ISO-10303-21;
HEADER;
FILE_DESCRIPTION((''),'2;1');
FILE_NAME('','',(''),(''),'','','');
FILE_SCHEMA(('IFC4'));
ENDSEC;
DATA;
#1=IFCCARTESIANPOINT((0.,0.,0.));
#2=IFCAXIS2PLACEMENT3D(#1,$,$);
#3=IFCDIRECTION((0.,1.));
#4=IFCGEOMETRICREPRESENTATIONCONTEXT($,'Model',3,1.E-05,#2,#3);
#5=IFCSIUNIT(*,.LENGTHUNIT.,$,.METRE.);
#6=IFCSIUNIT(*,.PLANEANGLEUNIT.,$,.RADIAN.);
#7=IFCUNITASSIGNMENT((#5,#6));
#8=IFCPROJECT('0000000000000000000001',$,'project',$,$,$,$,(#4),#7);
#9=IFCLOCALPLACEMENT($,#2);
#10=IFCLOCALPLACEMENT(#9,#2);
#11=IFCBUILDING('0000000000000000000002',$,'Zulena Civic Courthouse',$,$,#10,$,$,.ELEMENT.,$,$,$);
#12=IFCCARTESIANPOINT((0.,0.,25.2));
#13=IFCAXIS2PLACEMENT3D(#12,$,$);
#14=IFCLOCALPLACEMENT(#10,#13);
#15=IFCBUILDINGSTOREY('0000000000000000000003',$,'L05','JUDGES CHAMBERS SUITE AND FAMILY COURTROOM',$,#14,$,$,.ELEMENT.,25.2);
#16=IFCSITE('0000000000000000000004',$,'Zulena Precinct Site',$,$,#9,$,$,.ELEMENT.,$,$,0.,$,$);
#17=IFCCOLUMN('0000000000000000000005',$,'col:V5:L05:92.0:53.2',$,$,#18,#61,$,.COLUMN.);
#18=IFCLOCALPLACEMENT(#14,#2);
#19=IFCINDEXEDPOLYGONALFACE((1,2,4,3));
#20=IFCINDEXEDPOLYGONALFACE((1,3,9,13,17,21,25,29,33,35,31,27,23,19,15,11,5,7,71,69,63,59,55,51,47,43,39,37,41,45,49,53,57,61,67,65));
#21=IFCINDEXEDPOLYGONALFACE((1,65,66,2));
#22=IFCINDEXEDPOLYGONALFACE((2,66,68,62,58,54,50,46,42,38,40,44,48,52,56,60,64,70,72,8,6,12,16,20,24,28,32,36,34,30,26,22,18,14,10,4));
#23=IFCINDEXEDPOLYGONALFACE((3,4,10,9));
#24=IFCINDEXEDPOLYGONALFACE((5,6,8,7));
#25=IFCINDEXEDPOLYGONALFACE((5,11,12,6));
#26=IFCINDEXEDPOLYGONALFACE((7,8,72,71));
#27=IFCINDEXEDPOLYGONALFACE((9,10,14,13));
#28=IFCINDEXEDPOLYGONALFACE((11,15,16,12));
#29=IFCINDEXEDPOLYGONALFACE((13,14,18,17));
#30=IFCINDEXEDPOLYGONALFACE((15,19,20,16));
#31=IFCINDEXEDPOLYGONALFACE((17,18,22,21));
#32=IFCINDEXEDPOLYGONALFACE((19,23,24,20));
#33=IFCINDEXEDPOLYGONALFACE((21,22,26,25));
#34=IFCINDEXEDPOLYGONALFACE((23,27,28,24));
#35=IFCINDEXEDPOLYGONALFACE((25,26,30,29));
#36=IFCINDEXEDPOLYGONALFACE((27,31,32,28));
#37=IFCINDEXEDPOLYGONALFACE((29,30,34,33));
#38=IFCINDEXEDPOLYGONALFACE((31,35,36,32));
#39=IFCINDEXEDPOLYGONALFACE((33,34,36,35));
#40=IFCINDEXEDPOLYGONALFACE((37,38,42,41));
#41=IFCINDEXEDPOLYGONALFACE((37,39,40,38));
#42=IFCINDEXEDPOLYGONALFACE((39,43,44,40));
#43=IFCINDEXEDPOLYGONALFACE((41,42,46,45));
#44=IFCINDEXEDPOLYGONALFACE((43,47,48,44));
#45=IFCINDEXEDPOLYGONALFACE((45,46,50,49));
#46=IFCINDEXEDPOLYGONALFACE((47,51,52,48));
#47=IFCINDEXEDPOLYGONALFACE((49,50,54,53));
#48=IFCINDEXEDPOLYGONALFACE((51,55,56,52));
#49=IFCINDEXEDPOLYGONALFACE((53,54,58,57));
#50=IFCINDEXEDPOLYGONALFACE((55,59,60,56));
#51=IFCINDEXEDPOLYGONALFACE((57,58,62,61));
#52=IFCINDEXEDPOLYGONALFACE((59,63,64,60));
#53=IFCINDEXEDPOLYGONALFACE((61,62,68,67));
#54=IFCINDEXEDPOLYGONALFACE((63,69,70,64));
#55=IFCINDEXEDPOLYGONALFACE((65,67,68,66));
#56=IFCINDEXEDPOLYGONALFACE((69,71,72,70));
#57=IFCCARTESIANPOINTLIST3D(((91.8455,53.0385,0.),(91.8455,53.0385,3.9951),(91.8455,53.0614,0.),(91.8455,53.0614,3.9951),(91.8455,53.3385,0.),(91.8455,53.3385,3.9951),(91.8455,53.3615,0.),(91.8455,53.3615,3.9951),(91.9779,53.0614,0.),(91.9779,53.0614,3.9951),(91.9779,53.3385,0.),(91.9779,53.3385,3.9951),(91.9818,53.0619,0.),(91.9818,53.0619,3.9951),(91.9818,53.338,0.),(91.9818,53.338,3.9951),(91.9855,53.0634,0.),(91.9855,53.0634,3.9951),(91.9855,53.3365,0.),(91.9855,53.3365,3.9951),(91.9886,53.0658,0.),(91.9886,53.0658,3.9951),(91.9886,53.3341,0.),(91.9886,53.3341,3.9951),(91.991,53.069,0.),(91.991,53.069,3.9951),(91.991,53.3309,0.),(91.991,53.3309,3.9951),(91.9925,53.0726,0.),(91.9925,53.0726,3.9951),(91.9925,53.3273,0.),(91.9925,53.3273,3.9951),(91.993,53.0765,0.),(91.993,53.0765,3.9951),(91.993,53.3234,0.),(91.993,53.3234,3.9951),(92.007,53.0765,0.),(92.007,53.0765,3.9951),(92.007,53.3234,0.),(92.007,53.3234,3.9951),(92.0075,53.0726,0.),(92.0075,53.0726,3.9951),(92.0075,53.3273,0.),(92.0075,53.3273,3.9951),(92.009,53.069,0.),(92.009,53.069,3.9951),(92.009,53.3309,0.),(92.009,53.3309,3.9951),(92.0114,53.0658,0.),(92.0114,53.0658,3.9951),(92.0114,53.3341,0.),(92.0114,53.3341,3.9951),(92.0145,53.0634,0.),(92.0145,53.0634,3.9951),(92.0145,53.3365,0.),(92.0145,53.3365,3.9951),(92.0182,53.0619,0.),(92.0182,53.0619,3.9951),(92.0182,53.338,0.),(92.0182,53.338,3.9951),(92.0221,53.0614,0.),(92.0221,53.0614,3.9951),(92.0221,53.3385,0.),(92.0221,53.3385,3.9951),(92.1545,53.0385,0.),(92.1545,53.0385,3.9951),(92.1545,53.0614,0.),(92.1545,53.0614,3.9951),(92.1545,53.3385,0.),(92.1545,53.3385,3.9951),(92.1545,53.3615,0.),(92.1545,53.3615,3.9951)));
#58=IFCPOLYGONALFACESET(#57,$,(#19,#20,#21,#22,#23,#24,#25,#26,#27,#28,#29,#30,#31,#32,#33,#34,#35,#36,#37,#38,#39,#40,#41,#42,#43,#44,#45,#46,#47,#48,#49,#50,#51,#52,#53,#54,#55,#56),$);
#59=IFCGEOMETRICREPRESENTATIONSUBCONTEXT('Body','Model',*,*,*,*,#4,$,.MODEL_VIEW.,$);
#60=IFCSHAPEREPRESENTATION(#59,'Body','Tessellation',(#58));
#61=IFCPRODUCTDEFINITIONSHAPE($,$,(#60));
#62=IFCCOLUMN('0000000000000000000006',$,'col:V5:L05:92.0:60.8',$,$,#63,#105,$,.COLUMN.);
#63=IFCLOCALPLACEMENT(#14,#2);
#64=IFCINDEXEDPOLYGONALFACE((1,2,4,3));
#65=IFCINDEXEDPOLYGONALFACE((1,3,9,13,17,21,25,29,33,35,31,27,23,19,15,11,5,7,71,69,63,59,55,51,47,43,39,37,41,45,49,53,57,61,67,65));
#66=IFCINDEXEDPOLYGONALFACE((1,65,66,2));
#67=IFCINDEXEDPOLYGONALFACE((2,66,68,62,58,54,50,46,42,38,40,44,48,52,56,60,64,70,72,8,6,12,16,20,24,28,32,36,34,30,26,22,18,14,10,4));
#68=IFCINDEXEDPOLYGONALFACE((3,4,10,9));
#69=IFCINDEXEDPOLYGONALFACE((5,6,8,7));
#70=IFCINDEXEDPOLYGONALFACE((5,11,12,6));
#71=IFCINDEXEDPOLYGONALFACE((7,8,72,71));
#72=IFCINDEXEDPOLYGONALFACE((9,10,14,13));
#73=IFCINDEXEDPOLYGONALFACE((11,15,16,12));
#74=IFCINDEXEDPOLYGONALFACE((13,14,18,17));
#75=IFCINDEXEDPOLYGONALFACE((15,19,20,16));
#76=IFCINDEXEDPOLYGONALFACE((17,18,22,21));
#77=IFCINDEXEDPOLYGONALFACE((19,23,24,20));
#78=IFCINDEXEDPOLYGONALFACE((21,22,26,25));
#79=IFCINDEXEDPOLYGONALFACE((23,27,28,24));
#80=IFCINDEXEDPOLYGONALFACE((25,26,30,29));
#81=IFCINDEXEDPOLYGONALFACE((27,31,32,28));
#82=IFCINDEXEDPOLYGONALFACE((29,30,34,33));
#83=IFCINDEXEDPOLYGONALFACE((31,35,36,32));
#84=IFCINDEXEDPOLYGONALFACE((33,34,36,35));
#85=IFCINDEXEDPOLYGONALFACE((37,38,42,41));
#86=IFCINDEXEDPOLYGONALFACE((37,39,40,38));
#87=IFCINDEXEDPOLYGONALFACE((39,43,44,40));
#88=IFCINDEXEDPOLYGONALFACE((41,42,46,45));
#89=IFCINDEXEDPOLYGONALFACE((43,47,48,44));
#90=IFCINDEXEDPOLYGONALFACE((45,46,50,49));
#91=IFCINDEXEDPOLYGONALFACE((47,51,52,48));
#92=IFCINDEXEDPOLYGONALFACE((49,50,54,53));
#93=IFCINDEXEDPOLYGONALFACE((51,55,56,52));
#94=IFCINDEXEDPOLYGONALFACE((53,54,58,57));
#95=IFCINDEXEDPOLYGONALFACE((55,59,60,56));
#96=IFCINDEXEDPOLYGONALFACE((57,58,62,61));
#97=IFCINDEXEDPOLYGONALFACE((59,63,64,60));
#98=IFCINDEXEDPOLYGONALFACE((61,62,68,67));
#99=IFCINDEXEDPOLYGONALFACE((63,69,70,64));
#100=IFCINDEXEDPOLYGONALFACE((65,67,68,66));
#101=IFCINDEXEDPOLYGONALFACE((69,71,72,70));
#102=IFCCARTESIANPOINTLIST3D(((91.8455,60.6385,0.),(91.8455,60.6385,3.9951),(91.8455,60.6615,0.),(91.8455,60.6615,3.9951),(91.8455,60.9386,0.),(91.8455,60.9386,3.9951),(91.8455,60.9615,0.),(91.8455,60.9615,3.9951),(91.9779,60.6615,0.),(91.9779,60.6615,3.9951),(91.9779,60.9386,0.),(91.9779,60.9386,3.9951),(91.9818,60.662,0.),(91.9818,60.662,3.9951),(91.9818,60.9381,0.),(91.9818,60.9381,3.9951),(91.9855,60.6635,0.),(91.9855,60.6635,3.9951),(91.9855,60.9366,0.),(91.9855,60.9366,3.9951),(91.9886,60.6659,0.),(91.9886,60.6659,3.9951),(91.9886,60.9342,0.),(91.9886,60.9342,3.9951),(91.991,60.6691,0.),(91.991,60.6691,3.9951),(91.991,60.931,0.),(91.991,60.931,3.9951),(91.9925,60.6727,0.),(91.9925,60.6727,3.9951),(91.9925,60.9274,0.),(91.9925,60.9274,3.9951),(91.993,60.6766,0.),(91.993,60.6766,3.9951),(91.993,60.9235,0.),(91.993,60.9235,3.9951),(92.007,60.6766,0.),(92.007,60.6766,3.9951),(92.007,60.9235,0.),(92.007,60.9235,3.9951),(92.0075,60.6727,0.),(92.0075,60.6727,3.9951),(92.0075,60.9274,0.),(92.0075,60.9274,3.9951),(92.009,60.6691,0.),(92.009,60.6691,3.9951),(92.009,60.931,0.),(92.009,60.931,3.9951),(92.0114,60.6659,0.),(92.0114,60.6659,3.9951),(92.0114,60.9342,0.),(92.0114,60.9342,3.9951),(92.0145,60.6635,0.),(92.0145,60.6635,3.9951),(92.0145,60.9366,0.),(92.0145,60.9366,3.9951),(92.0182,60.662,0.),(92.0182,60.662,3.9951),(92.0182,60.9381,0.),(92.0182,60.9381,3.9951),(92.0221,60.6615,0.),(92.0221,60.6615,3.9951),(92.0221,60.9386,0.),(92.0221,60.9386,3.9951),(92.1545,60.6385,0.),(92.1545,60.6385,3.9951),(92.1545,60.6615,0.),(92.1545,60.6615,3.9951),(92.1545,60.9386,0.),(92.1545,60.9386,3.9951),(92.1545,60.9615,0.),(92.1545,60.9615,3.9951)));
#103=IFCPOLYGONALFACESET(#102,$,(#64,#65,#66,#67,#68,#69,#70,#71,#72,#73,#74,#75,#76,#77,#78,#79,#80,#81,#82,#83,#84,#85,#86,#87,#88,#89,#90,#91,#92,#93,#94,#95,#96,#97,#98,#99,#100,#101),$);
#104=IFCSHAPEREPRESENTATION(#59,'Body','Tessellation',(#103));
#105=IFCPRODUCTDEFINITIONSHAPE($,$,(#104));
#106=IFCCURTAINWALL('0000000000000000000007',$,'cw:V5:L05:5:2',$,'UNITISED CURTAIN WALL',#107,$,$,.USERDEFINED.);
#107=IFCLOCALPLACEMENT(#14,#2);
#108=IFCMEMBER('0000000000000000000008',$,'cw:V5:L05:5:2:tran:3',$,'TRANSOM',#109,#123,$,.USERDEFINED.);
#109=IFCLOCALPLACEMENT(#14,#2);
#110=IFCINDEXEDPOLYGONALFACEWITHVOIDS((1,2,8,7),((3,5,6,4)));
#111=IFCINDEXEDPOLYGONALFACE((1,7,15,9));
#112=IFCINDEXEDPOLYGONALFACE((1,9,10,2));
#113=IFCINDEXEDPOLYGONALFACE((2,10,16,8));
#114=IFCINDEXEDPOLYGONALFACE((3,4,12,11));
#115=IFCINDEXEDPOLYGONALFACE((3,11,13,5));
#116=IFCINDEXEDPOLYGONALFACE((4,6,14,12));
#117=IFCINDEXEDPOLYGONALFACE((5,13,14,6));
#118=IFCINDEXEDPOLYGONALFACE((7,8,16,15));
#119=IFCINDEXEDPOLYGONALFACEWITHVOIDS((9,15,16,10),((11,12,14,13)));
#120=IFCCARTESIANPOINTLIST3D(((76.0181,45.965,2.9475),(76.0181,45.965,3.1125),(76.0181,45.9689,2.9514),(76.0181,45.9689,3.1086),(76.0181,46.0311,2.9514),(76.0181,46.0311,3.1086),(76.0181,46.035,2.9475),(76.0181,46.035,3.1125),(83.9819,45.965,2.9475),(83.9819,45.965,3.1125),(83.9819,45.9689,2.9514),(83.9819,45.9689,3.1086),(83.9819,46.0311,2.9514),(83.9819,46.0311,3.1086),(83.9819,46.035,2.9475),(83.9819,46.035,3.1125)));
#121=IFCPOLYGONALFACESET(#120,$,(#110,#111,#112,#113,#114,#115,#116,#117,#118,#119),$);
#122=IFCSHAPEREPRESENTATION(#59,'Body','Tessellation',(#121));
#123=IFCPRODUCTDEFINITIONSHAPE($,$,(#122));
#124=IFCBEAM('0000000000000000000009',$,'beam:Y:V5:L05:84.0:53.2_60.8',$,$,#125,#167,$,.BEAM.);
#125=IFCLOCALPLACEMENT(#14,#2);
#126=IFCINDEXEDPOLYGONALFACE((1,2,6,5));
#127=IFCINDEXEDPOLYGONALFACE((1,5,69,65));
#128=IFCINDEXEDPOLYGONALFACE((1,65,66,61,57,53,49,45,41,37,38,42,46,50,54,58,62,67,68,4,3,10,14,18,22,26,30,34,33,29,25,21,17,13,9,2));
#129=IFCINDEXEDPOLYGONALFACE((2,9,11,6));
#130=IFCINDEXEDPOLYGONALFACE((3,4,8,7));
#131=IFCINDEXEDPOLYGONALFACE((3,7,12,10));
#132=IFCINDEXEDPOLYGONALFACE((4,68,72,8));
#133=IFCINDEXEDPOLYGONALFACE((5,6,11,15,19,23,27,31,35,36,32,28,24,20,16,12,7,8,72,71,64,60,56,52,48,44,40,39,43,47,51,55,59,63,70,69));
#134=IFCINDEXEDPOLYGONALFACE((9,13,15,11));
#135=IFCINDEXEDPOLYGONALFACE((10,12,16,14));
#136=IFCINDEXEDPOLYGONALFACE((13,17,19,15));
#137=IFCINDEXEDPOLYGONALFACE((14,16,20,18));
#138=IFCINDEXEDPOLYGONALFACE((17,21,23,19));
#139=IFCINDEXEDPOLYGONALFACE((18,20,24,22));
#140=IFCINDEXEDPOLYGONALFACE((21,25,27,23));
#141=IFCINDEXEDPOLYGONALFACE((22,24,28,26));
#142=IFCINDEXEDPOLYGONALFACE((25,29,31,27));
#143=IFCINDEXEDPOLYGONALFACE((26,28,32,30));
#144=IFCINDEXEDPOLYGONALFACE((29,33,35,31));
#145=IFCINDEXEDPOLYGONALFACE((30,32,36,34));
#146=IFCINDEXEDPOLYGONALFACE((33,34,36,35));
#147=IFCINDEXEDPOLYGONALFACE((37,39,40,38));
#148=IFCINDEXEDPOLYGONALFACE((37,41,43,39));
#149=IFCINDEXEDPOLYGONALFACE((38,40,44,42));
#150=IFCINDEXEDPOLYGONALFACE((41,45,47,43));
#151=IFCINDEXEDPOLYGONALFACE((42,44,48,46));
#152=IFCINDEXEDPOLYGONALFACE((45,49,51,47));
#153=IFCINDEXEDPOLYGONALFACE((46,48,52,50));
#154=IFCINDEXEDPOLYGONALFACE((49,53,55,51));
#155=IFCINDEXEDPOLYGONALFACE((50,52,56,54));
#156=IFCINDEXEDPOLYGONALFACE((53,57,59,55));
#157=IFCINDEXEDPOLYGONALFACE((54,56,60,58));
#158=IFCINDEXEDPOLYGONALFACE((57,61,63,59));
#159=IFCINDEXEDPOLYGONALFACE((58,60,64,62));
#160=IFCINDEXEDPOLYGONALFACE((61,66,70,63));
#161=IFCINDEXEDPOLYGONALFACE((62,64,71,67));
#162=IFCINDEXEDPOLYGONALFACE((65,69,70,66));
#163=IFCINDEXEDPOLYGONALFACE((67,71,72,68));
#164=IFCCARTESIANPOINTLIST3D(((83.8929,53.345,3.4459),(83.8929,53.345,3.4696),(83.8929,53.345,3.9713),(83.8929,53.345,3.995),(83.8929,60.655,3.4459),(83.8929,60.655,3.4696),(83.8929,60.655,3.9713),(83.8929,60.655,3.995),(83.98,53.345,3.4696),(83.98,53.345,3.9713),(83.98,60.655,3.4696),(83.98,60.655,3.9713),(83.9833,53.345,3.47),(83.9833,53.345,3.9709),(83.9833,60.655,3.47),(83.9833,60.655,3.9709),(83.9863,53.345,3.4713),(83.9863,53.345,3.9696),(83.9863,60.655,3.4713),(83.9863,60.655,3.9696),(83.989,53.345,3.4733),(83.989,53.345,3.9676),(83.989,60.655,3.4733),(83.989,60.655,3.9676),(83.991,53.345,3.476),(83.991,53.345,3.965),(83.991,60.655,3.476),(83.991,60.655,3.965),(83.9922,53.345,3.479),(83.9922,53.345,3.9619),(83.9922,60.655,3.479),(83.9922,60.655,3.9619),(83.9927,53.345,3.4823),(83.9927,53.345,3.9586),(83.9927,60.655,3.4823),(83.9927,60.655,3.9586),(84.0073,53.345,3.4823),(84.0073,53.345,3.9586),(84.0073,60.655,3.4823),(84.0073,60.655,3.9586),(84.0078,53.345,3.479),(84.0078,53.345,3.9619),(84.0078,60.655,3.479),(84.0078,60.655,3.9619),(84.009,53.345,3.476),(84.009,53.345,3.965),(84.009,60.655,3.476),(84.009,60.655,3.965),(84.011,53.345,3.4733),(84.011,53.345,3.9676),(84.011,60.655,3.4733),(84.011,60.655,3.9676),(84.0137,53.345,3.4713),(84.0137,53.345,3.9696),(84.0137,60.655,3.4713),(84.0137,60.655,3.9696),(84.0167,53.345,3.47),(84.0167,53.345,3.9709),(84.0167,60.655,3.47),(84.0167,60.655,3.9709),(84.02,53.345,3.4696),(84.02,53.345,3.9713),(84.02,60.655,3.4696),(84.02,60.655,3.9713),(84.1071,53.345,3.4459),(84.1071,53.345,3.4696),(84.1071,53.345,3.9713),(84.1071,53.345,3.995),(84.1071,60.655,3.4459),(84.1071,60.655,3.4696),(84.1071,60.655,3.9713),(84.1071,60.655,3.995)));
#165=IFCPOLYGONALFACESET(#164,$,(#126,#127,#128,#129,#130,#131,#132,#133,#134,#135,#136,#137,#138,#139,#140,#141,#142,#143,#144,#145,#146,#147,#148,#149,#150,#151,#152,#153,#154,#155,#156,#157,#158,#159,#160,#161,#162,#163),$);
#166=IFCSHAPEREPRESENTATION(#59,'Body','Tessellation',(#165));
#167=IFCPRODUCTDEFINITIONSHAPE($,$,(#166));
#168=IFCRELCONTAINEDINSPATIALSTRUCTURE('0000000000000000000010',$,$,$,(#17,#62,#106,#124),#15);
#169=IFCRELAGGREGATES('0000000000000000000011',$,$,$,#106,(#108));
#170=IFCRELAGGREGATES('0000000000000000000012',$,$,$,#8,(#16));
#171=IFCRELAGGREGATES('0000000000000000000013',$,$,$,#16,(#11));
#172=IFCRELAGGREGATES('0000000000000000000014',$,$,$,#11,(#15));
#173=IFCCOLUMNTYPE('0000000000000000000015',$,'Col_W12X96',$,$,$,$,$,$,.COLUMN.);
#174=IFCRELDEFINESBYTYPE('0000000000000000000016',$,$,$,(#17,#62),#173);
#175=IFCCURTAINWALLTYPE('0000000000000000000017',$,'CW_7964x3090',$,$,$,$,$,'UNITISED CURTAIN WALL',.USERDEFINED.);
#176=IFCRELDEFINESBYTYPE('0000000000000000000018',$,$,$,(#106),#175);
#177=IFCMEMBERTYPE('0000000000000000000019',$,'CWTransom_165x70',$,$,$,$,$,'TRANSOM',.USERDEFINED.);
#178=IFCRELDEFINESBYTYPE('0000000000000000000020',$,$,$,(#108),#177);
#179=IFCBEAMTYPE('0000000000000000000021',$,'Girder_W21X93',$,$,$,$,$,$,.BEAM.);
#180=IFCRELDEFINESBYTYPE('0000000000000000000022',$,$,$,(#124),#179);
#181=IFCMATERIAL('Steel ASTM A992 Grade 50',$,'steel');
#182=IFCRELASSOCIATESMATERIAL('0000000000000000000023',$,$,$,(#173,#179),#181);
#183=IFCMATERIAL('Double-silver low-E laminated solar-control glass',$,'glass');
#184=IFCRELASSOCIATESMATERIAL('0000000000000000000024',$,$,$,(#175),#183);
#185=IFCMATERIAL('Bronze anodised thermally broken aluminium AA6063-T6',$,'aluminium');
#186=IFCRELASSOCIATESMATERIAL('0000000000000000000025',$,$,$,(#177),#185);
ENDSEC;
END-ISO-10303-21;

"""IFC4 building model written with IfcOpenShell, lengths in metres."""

from ifc_helpers import new_model, si_unit, direction, frame, origin, origin_2d, place, context, subcontext, project, spatial, hollow_rectangle, i_section, extrude, material, material_profile, profile_set, type_object, element, aggregate, save


model = new_model("IFC4")

# Units and contexts
model_context = context("Model", 3, precision=1e-05, world=origin(), true_north=direction((0.0, 1.0)))
body_context = subcontext(model_context, "Body", "Model", "MODEL_VIEW")
ifc_project = project(units=[si_unit("LENGTHUNIT", "METRE"), si_unit("PLANEANGLEUNIT", "RADIAN")], contexts=[model_context])

# Site, building, storey
site_placement = place(None, origin())
site = spatial("IfcSite", under=ifc_project, at=site_placement, Name="Zulena Precinct Site", CompositionType="ELEMENT", RefElevation=0.0)
building_placement = place(site_placement, origin())
building = spatial("IfcBuilding", under=site, at=building_placement, Name="Zulena Civic Courthouse", CompositionType="ELEMENT")
storey_placement = place(building_placement, frame((0.0, 0.0, 25.2)))
storey = spatial("IfcBuildingStorey", under=building, at=storey_placement, Name="L05", Description="JUDGES CHAMBERS SUITE AND FAMILY COURTROOM", CompositionType="ELEMENT", Elevation=25.2)

# Columns
ifc_material_1 = material(Name="Steel ASTM A992 Grade 50", Category="steel")
ifc_material_profile_1 = material_profile(ifc_material_1, i_section(OverallWidth=0.3091, OverallDepth=0.323, WebThickness=0.0139, FlangeThickness=0.0229, FilletRadius=0.0151, at=origin_2d()), Name="W12X96")
ifc_profile_set_1 = profile_set([ifc_material_profile_1], Name="Steel ASTM A992 Grade 50")
column_type = type_object("IfcColumnType", Name="Col_W12X96", PredefinedType="COLUMN", material=ifc_profile_set_1)
for number, where, z_axis, x_axis, name in (
    (1, (92.0, 53.2, 0.0), (0.0, 0.0, 1.0), (1.0, 0.0, 0.0), "col:V5:L05:92.0:53.2"),
    (2, (92.0, 60.8, 0.0), (0.0, 0.0, 1.0), (1.0, 0.0, 0.0), "col:V5:L05:92.0:60.8"),
):
    element("IfcColumn", number, at=place(storey_placement, frame(where, z_axis=z_axis, x_axis=x_axis)), inside=storey, type_object=column_type, Name=name, PredefinedType="COLUMN", context=body_context, shape_type="SweptSolid", body=[
        extrude(i_section(OverallWidth=0.3091, OverallDepth=0.323, WebThickness=0.0139, FlangeThickness=0.0229, FilletRadius=0.0151, at=origin_2d()), origin(), (0.0, 0.0, 1.0), 3.9951),
    ])

# Curtain wall, member
ifc_material_2 = material(Name="Double-silver low-E laminated solar-control glass", Category="glass")
curtain_wall_type = type_object("IfcCurtainWallType", Name="CW_7964x3090", ElementType="UNITISED CURTAIN WALL", PredefinedType="USERDEFINED", material=ifc_material_2)
curtain_wall_placement = place(storey_placement, origin())
curtain_wall = element("IfcCurtainWall", 3, at=curtain_wall_placement, inside=storey, type_object=curtain_wall_type, Name="cw:V5:L05:5:2", ObjectType="UNITISED CURTAIN WALL", PredefinedType="USERDEFINED")
ifc_material_3 = material(Name="Bronze anodised thermally broken aluminium AA6063-T6", Category="aluminium")
ifc_material_profile_2 = material_profile(ifc_material_3, hollow_rectangle(XDim=0.0701, YDim=0.165, WallThickness=0.0039, at=origin_2d()), Name="CWT165X70X4")
ifc_profile_set_2 = profile_set([ifc_material_profile_2], Name="Bronze anodised thermally broken aluminium AA6063-T6")
member_type = type_object("IfcMemberType", Name="CWTransom_165x70", ElementType="TRANSOM", PredefinedType="USERDEFINED", material=ifc_profile_set_2)
member_placement = place(storey_placement, frame((83.9819, 46.0, 3.03), z_axis=(-1.0, 0.0, 0.0), x_axis=(0.0, -1.0, 0.0)))
member = element("IfcMember", 4, at=member_placement, type_object=member_type, Name="cw:V5:L05:5:2:tran:3", ObjectType="TRANSOM", PredefinedType="USERDEFINED", context=body_context, shape_type="SweptSolid", body=[
    extrude(hollow_rectangle(XDim=0.0701, YDim=0.165, WallThickness=0.0039, at=origin_2d()), origin(), (0.0, 0.0, 1.0), 7.9639),
])
aggregate(curtain_wall, [member])

# Beam
ifc_material_profile_3 = material_profile(ifc_material_1, i_section(OverallWidth=0.2141, OverallDepth=0.5491, WebThickness=0.0146, FlangeThickness=0.0237, FilletRadius=0.0127, at=origin_2d()), Name="W21X93")
ifc_profile_set_3 = profile_set([ifc_material_profile_3], Name="Steel ASTM A992 Grade 50")
beam_type_1 = type_object("IfcBeamType", Name="Girder_W21X93", PredefinedType="BEAM", material=ifc_profile_set_3)
for number, where, z_axis, x_axis, name in (
    (5, (84.0, 53.345, 3.7205), (0.0, 1.0, 0.0), (-1.0, 0.0, 0.0), "beam:Y:V5:L05:84.0:53.2_60.8"),
):
    element("IfcBeam", number, at=place(storey_placement, frame(where, z_axis=z_axis, x_axis=x_axis)), inside=storey, type_object=beam_type_1, Name=name, PredefinedType="BEAM", context=body_context, shape_type="SweptSolid", body=[
        extrude(i_section(OverallWidth=0.2141, OverallDepth=0.5491, WebThickness=0.0146, FlangeThickness=0.0237, FilletRadius=0.0127, at=origin_2d()), origin(), (0.0, 0.0, 1.0), 7.3101),
    ])

save(model, "model.ifc")
